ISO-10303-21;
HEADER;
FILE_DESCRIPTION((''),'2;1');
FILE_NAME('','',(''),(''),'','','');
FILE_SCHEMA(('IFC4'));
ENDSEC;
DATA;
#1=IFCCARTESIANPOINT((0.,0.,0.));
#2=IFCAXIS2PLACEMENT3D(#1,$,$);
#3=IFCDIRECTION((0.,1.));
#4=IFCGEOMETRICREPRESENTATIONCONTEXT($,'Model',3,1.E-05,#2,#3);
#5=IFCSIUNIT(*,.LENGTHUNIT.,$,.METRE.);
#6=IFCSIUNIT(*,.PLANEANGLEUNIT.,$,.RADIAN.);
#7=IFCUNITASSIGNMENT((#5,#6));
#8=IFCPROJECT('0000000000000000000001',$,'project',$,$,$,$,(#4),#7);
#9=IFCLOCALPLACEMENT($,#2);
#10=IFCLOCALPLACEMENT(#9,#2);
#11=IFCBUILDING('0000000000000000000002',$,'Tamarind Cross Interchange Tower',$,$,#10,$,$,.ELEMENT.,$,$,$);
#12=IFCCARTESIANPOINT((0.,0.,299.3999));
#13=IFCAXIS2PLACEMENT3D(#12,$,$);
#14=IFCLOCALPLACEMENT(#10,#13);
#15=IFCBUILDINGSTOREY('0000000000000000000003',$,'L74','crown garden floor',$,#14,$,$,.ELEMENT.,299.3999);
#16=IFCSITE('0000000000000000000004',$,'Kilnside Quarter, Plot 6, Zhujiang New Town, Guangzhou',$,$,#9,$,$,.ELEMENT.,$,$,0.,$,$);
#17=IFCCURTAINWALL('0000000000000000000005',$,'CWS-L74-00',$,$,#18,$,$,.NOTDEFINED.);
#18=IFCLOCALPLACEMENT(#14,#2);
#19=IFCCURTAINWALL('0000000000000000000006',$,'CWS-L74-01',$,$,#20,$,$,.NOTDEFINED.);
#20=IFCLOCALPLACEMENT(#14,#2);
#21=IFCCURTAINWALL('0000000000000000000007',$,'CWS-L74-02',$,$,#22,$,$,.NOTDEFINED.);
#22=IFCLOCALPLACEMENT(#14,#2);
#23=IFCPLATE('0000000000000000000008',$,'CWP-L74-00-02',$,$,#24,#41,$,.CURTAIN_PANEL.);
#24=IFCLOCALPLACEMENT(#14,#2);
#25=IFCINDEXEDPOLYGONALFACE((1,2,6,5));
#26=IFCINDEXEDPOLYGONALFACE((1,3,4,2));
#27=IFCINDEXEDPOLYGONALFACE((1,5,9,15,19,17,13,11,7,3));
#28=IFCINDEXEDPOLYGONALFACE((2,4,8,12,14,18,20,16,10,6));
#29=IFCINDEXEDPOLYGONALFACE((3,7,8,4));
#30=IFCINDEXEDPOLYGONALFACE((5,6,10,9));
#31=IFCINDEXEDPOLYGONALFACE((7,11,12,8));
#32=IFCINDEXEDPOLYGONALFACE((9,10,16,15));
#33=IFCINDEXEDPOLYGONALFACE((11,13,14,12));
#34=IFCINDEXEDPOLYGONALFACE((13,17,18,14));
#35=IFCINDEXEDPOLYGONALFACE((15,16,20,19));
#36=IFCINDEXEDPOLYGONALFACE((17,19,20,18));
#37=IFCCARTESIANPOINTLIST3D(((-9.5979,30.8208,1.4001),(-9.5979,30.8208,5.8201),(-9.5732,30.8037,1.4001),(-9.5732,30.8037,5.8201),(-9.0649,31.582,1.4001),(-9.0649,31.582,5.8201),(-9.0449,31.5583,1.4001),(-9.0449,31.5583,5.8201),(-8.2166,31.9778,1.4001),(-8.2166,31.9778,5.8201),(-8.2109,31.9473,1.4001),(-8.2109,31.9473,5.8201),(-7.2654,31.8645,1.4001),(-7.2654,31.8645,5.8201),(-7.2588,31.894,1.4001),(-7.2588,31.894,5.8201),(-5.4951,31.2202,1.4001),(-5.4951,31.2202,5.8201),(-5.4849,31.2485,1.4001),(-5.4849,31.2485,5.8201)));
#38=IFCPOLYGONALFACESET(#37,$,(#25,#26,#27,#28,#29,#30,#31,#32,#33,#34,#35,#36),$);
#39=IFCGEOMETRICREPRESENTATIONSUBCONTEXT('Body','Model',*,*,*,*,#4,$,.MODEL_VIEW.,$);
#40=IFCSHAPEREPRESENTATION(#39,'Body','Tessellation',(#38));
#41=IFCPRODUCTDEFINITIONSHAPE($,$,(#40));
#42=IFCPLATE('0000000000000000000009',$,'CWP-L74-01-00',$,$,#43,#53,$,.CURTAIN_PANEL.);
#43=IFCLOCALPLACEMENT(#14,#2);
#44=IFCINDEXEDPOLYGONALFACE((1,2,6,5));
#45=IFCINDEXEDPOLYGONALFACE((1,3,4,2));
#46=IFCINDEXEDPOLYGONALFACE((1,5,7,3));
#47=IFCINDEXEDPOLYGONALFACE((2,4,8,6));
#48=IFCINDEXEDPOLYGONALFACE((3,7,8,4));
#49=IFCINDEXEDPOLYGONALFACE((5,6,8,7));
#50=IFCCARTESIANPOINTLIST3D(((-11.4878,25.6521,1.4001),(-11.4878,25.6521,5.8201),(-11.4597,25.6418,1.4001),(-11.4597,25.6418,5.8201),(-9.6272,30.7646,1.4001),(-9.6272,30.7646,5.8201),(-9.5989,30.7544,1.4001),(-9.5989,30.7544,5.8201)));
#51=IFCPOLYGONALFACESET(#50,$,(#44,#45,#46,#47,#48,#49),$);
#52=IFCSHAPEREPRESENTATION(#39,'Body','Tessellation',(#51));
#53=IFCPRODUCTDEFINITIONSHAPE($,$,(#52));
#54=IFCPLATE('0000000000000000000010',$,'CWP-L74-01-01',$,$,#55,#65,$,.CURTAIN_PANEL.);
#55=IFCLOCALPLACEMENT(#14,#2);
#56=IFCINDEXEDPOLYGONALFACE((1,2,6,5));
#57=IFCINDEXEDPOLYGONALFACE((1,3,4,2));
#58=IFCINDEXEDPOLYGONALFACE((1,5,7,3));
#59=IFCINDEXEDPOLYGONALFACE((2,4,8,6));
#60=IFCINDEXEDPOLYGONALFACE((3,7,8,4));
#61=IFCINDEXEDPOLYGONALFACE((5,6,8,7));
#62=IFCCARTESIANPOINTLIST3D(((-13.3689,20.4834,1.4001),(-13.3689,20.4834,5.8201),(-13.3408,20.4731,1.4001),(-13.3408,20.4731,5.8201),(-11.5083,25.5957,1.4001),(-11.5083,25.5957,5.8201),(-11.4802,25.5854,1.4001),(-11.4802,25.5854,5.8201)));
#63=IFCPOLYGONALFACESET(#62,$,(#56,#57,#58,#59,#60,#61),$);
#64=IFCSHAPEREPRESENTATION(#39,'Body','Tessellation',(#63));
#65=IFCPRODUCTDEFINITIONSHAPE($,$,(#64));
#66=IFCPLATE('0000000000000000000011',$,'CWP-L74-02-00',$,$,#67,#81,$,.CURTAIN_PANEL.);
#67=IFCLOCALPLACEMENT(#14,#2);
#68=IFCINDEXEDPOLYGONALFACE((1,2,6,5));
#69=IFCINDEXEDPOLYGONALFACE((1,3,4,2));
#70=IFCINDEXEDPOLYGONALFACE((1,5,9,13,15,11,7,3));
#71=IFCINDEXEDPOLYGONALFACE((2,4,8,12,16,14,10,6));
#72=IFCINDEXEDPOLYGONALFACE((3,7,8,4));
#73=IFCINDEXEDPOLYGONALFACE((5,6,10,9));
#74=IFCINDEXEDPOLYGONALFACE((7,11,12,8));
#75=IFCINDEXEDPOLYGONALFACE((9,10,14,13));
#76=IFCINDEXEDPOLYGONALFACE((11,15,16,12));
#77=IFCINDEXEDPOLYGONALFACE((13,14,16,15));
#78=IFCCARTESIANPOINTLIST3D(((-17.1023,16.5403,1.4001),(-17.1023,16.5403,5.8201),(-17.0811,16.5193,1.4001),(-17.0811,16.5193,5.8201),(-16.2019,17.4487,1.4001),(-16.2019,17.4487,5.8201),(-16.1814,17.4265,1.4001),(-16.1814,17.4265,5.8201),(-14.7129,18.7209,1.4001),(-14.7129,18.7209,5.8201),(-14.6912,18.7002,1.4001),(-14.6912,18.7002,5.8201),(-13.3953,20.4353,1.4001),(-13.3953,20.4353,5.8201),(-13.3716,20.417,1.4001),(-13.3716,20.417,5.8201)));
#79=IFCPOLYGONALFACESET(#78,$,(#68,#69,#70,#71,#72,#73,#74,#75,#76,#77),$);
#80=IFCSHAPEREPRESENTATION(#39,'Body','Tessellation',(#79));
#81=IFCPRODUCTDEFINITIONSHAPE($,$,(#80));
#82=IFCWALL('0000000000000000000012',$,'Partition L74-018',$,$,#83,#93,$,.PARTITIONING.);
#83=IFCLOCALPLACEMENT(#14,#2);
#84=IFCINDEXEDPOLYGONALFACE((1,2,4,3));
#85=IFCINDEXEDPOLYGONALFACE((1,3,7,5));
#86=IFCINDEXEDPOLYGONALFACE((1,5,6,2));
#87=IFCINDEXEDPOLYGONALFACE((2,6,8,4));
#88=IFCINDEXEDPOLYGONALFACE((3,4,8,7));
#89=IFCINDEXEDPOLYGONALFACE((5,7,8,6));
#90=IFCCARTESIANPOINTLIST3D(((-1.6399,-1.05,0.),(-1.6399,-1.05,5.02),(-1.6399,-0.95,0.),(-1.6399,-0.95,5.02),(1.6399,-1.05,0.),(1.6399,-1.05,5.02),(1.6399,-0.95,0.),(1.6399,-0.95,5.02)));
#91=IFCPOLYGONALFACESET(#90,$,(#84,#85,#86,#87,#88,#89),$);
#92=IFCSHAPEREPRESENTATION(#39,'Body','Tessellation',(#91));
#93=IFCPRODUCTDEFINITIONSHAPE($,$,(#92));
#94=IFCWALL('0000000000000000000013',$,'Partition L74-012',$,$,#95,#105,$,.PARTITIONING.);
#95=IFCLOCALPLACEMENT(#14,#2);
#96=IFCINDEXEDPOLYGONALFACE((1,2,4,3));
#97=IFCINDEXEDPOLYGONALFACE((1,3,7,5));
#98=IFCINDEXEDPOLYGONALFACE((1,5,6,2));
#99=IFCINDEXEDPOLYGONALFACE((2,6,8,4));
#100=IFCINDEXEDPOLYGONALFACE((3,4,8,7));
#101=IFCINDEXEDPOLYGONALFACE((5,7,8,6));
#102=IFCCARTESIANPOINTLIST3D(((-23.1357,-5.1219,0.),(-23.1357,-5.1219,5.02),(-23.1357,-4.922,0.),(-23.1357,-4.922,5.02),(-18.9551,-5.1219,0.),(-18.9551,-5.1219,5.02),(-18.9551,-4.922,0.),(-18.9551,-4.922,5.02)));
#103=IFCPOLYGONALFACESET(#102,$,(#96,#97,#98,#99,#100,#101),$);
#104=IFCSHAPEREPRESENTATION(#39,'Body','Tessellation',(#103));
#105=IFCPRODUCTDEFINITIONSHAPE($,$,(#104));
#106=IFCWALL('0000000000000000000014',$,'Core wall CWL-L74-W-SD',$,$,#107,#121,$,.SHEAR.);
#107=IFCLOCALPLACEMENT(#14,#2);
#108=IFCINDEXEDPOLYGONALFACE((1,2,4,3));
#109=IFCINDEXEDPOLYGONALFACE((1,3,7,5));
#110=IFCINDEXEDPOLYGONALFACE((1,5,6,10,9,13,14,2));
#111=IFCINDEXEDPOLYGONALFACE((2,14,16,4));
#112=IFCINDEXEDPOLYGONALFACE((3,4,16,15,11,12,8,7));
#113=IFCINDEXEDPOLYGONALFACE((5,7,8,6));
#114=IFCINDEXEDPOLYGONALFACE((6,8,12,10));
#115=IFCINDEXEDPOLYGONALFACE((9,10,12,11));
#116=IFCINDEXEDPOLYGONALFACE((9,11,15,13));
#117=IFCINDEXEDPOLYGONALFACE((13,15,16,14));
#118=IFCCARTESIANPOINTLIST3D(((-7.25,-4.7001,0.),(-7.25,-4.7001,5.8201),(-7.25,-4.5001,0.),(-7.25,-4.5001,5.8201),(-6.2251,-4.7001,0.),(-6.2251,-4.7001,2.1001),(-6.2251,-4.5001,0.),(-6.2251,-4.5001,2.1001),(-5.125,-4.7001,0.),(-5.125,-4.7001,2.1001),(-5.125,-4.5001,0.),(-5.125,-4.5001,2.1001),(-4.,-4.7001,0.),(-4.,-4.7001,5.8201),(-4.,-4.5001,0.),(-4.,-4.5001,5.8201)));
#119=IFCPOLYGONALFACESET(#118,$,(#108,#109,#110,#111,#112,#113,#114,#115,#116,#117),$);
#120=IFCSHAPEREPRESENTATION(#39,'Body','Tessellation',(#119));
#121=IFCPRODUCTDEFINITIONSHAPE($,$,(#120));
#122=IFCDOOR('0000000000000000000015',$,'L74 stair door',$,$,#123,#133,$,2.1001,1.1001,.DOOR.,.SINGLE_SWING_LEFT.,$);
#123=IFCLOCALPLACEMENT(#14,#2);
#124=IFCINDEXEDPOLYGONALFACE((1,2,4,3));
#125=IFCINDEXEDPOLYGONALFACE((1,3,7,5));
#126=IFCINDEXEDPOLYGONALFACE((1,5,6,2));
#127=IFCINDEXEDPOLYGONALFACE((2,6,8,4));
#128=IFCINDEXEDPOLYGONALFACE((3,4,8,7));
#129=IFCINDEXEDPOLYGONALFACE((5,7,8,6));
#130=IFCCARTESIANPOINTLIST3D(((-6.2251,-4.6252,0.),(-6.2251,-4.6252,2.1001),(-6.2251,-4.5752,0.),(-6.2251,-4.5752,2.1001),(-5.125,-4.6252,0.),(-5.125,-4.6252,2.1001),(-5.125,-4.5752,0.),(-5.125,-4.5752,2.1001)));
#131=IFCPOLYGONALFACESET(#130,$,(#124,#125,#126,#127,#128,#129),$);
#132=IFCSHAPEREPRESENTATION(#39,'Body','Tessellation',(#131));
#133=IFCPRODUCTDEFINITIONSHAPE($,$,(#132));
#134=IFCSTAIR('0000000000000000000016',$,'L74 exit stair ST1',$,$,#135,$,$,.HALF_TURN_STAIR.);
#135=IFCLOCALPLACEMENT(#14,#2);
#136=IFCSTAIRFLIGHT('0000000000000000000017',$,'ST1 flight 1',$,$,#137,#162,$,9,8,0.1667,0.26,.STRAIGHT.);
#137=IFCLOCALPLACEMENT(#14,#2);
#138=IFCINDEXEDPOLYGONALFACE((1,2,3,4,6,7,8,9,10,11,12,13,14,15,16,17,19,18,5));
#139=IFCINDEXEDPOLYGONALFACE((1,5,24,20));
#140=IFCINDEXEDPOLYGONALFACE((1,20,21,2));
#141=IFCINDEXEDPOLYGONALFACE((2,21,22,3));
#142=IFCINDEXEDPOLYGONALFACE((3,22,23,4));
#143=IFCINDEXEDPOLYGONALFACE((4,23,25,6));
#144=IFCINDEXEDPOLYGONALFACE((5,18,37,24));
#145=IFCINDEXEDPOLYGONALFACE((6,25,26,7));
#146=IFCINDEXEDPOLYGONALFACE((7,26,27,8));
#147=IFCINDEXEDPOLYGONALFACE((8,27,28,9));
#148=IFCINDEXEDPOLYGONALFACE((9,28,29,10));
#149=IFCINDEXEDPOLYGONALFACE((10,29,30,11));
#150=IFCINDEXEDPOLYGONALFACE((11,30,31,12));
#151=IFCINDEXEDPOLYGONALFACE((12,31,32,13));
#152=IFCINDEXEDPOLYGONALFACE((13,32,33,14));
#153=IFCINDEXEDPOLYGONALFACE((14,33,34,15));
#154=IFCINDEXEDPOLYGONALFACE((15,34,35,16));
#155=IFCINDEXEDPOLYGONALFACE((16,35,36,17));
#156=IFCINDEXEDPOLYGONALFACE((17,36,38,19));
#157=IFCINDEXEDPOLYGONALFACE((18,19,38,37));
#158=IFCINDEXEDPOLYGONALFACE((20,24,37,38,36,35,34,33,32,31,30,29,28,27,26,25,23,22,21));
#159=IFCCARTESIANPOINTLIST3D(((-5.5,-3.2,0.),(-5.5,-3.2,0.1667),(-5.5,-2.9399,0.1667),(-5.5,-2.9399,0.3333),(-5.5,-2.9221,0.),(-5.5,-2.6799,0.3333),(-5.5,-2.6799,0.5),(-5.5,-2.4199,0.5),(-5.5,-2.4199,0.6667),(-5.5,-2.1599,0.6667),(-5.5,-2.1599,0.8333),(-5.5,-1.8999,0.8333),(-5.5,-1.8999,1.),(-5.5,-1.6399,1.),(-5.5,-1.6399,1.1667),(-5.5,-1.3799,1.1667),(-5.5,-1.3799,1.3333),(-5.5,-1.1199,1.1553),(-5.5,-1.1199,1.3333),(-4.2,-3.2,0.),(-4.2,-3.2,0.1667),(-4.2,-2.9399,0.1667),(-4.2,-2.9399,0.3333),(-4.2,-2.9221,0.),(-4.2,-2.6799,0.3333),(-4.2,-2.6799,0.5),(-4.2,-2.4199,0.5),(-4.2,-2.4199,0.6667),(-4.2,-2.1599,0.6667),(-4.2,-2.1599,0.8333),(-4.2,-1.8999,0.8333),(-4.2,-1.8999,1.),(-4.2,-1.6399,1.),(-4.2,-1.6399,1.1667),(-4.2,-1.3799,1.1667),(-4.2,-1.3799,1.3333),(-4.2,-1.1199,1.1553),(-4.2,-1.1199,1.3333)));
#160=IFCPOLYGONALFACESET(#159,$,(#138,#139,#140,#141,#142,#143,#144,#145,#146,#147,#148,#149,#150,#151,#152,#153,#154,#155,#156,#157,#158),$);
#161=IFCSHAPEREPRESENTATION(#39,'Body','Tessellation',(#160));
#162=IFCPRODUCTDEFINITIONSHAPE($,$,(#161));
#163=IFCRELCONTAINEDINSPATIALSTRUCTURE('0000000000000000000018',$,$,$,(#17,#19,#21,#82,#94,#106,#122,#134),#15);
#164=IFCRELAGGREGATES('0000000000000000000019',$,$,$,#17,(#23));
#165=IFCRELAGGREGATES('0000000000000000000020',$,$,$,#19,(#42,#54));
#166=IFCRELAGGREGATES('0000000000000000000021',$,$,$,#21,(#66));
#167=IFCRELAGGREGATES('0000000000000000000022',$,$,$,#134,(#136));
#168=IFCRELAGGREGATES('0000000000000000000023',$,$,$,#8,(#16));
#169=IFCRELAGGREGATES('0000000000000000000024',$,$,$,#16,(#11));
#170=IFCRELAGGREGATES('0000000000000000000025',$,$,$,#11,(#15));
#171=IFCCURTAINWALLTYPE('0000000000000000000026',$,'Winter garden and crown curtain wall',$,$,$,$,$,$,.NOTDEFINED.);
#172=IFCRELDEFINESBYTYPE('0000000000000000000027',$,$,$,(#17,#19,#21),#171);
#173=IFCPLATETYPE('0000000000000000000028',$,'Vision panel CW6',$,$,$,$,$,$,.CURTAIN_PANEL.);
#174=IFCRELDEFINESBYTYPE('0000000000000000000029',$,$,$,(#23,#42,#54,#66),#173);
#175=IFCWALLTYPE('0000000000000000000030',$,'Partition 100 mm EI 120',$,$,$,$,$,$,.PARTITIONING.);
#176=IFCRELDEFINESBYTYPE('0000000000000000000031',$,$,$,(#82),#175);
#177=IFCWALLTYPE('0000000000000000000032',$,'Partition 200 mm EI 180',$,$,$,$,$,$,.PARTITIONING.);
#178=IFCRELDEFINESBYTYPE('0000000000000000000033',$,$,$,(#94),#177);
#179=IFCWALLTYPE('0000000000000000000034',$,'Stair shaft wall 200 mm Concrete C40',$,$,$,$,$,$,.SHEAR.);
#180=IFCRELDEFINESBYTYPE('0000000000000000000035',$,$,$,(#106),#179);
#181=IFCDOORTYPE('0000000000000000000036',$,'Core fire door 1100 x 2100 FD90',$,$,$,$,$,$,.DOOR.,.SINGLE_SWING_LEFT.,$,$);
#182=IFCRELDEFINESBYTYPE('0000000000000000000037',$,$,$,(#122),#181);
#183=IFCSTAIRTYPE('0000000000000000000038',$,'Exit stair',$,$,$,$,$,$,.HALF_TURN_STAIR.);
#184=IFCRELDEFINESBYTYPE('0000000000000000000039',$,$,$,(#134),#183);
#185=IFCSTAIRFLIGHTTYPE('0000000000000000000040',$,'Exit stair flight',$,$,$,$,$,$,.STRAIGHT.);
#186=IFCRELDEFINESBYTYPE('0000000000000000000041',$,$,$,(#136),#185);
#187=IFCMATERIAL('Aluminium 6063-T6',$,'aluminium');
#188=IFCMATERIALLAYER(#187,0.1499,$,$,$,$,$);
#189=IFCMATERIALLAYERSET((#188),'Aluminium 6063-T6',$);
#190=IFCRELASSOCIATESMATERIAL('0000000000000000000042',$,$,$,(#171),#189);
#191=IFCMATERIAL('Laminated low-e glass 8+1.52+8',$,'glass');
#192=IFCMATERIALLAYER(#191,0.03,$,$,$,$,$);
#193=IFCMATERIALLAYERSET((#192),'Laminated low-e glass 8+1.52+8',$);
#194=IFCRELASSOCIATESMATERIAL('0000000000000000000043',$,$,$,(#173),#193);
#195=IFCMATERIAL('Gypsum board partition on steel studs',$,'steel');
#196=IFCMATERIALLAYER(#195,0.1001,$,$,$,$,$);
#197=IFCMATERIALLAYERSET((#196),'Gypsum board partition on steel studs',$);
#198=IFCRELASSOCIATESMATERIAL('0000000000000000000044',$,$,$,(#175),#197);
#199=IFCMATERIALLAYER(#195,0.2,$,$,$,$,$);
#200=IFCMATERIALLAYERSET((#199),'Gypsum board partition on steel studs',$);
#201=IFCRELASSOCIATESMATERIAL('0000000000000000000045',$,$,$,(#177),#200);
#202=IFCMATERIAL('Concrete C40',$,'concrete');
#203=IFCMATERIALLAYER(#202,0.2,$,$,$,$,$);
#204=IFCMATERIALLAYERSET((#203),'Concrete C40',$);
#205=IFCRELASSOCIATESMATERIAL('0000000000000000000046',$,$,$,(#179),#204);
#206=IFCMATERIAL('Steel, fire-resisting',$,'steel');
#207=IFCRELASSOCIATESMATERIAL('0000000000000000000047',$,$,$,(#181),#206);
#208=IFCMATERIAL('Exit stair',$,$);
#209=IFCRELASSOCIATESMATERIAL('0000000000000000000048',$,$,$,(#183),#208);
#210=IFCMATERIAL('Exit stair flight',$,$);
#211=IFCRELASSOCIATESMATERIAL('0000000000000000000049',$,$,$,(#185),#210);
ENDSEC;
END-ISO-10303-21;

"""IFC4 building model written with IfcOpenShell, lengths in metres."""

from ifc_helpers import new_model, si_unit, direction, frame, frame_2d, origin, place, context, subcontext, project, spatial, polyline, rectangle, outline, extrude, material, layer, layer_set, type_object, element, fill, aggregate, save


model = new_model("IFC4")

# Units and contexts
model_context = context("Model", 3, precision=1e-05, world=origin(), true_north=direction((0.0, 1.0)))
body_context = subcontext(model_context, "Body", "Model", "MODEL_VIEW")
ifc_project = project(units=[si_unit("LENGTHUNIT", "METRE"), si_unit("PLANEANGLEUNIT", "RADIAN")], contexts=[model_context])

# Site, building, storey
site_placement = place(None, origin())
site = spatial("IfcSite", under=ifc_project, at=site_placement, Name="Kilnside Quarter, Plot 6, Zhujiang New Town, Guangzhou", CompositionType="ELEMENT", RefElevation=0.0)
building_placement = place(site_placement, origin())
building = spatial("IfcBuilding", under=site, at=building_placement, Name="Tamarind Cross Interchange Tower", CompositionType="ELEMENT")
storey_placement = place(building_placement, frame((0.0, 0.0, 299.3999)))
storey = spatial("IfcBuildingStorey", under=building, at=storey_placement, Name="L74", Description="crown garden floor", CompositionType="ELEMENT", Elevation=299.3999)

# Curtain walls
ifc_material_1 = material(Name="Aluminium 6063-T6", Category="aluminium")
ifc_layer_1 = layer(ifc_material_1, 0.1499)
ifc_layer_set_1 = layer_set([ifc_layer_1], Name="Aluminium 6063-T6")
curtain_wall_type = type_object("IfcCurtainWallType", Name="Winter garden and crown curtain wall", PredefinedType="NOTDEFINED", material=ifc_layer_set_1)
curtain_wall_1_placement = place(storey_placement, origin())
curtain_wall_1 = element("IfcCurtainWall", 1, at=curtain_wall_1_placement, inside=storey, type_object=curtain_wall_type, Name="CWS-L74-00", PredefinedType="NOTDEFINED")
curtain_wall_2_placement = place(storey_placement, origin())
curtain_wall_2 = element("IfcCurtainWall", 2, at=curtain_wall_2_placement, inside=storey, type_object=curtain_wall_type, Name="CWS-L74-01", PredefinedType="NOTDEFINED")
curtain_wall_3_placement = place(storey_placement, origin())
curtain_wall_3 = element("IfcCurtainWall", 3, at=curtain_wall_3_placement, inside=storey, type_object=curtain_wall_type, Name="CWS-L74-02", PredefinedType="NOTDEFINED")

# Shared definitions
ifc_material_2 = material(Name="Concrete C40", Category="concrete")

# Plates
ifc_material_3 = material(Name="Laminated low-e glass 8+1.52+8", Category="glass")
ifc_layer_2 = layer(ifc_material_3, 0.03)
ifc_layer_set_2 = layer_set([ifc_layer_2], Name="Laminated low-e glass 8+1.52+8")
plate_type = type_object("IfcPlateType", Name="Vision panel CW6", PredefinedType="CURTAIN_PANEL", material=ifc_layer_set_2)
plate_1_placement = place(storey_placement, frame((0.0, 0.0, 1.4001)))
plate_1 = element("IfcPlate", 4, at=plate_1_placement, type_object=plate_type, Name="CWP-L74-00-02", PredefinedType="CURTAIN_PANEL", context=body_context, shape_type="SweptSolid", body=[
    extrude(outline(polyline([(-5.4951, 31.2202), (-7.2654, 31.8645), (-8.2109, 31.9473), (-9.0449, 31.5583), (-9.5732, 30.8037), (-9.5979, 30.8208), (-9.0649, 31.582), (-8.2166, 31.9778), (-7.2588, 31.894), (-5.4849, 31.2485), (-5.4951, 31.2202)])), origin(), (0.0, 0.0, 1.0), 4.4199),
])
aggregate(curtain_wall_1, [plate_1])
plate_2_placement = place(storey_placement, frame((0.0, 0.0, 1.4001)))
plate_2 = element("IfcPlate", 5, at=plate_2_placement, type_object=plate_type, Name="CWP-L74-01-00", PredefinedType="CURTAIN_PANEL", context=body_context, shape_type="SweptSolid", body=[
    extrude(outline(polyline([(-9.5989, 30.7544), (-11.4597, 25.6418), (-11.4878, 25.6521), (-9.6272, 30.7646), (-9.5989, 30.7544)])), origin(), (0.0, 0.0, 1.0), 4.4199),
])
plate_3_placement = place(storey_placement, frame((0.0, 0.0, 1.4001)))
plate_3 = element("IfcPlate", 6, at=plate_3_placement, type_object=plate_type, Name="CWP-L74-01-01", PredefinedType="CURTAIN_PANEL", context=body_context, shape_type="SweptSolid", body=[
    extrude(outline(polyline([(-11.4802, 25.5854), (-13.3408, 20.4731), (-13.3689, 20.4834), (-11.5083, 25.5957), (-11.4802, 25.5854)])), origin(), (0.0, 0.0, 1.0), 4.4199),
])
aggregate(curtain_wall_2, [plate_2, plate_3])
plate_4_placement = place(storey_placement, frame((0.0, 0.0, 1.4001)))
plate_4 = element("IfcPlate", 7, at=plate_4_placement, type_object=plate_type, Name="CWP-L74-02-00", PredefinedType="CURTAIN_PANEL", context=body_context, shape_type="SweptSolid", body=[
    extrude(outline(polyline([(-13.3716, 20.417), (-14.6912, 18.7002), (-16.1814, 17.4265), (-17.0811, 16.5193), (-17.1023, 16.5403), (-16.2019, 17.4487), (-14.7129, 18.7209), (-13.3953, 20.4353), (-13.3716, 20.417)])), origin(), (0.0, 0.0, 1.0), 4.4199),
])
aggregate(curtain_wall_3, [plate_4])

# Walls
ifc_material_4 = material(Name="Gypsum board partition on steel studs", Category="steel")
ifc_layer_3 = layer(ifc_material_4, 0.1001)
ifc_layer_set_3 = layer_set([ifc_layer_3], Name="Gypsum board partition on steel studs")
wall_type_1 = type_object("IfcWallType", Name="Partition 100 mm EI 120", PredefinedType="PARTITIONING", material=ifc_layer_set_3)
wall_1_placement = place(storey_placement, frame((-1.6399, -1.0, 0.0), z_axis=(0.0, 0.0, 1.0), x_axis=(1.0, 0.0, 0.0)))
element("IfcWall", 8, at=wall_1_placement, inside=storey, type_object=wall_type_1, Name="Partition L74-018", PredefinedType="PARTITIONING", context=body_context, shape_type="SweptSolid", body=[
    extrude(rectangle(XDim=3.2798, YDim=0.1001, at=frame_2d((1.6399, 0.0))), origin(), (0.0, 0.0, 1.0), 5.02),
])
ifc_layer_4 = layer(ifc_material_4, 0.2)
ifc_layer_set_4 = layer_set([ifc_layer_4], Name="Gypsum board partition on steel studs")
wall_type_2 = type_object("IfcWallType", Name="Partition 200 mm EI 180", PredefinedType="PARTITIONING", material=ifc_layer_set_4)
wall_2_placement = place(storey_placement, frame((-23.1357, -5.022, 0.0), z_axis=(0.0, 0.0, 1.0), x_axis=(1.0, 0.0, 0.0)))
element("IfcWall", 9, at=wall_2_placement, inside=storey, type_object=wall_type_2, Name="Partition L74-012", PredefinedType="PARTITIONING", context=body_context, shape_type="SweptSolid", body=[
    extrude(rectangle(XDim=4.1807, YDim=0.2, at=frame_2d((2.0903, 0.0))), origin(), (0.0, 0.0, 1.0), 5.02),
])

# Wall, opening, door
ifc_layer_5 = layer(ifc_material_2, 0.2)
ifc_layer_set_5 = layer_set([ifc_layer_5], Name="Concrete C40")
wall_type_3 = type_object("IfcWallType", Name="Stair shaft wall 200 mm Concrete C40", PredefinedType="SHEAR", material=ifc_layer_set_5)
wall_3_placement = place(storey_placement, frame((-7.25, -4.6001, 0.0), z_axis=(0.0, 0.0, 1.0), x_axis=(1.0, 0.0, 0.0)))
wall_3 = element("IfcWall", 10, at=wall_3_placement, inside=storey, type_object=wall_type_3, Name="Core wall CWL-L74-W-SD", PredefinedType="SHEAR", context=body_context, shape_type="SweptSolid", body=[
    extrude(rectangle(XDim=3.25, YDim=0.2, at=frame_2d((1.625, 0.0))), origin(), (0.0, 0.0, 1.0), 5.8201),
])
opening_placement = place(wall_3_placement, frame((1.0249, 0.0, 0.0)))
opening = element("IfcOpeningElement", 11, at=opening_placement, cuts=wall_3, PredefinedType="OPENING", context=body_context, shape_type="SweptSolid", body=[
    extrude(rectangle(XDim=1.1001, YDim=2.1001, at=frame_2d((0.55, 1.05))), frame((0.0, 0.1099, 0.0), z_axis=(0.0, -1.0, 0.0), x_axis=(1.0, 0.0, 0.0)), (0.0, 0.0, 1.0), 0.22),
])
ifc_material_5 = material(Name="Steel, fire-resisting", Category="steel")
door_type = type_object("IfcDoorType", Name="Core fire door 1100 x 2100 FD90", OperationType="SINGLE_SWING_LEFT", PredefinedType="DOOR", material=ifc_material_5)
door_placement = place(opening_placement, origin())
door = element("IfcDoor", 12, at=door_placement, inside=storey, type_object=door_type, Name="L74 stair door", OperationType="SINGLE_SWING_LEFT", OverallHeight=2.1001, OverallWidth=1.1001, PredefinedType="DOOR", context=body_context, shape_type="SweptSolid", body=[
    extrude(rectangle(XDim=1.1001, YDim=2.1001, at=frame_2d((0.55, 1.05))), frame((0.0, 0.0249, 0.0), z_axis=(0.0, -1.0, 0.0), x_axis=(1.0, 0.0, 0.0)), (0.0, 0.0, 1.0), 0.05),
])
fill(opening, door)

# Stair, stair flight
ifc_material_6 = material(Name="Exit stair")
stair_type = type_object("IfcStairType", Name="Exit stair", PredefinedType="HALF_TURN_STAIR", material=ifc_material_6)
stair_placement = place(storey_placement, origin())
stair = element("IfcStair", 13, at=stair_placement, inside=storey, type_object=stair_type, Name="L74 exit stair ST1", PredefinedType="HALF_TURN_STAIR")
ifc_material_7 = material(Name="Exit stair flight")
stair_flight_type = type_object("IfcStairFlightType", Name="Exit stair flight", PredefinedType="STRAIGHT", material=ifc_material_7)
stair_flight_1_placement = place(storey_placement, frame((-4.8501, -3.2, 0.0), z_axis=(0.0, 0.0, 1.0), x_axis=(0.0, 1.0, 0.0)))
stair_flight_1 = element("IfcStairFlight", 14, at=stair_flight_1_placement, type_object=stair_flight_type, Name="ST1 flight 1", NumberOfRisers=9, NumberOfTreads=8, PredefinedType="STRAIGHT", RiserHeight=0.1667, TreadLength=0.26, context=body_context, shape_type="SweptSolid", body=[
    extrude(outline(polyline([(0.0, 0.0), (0.0, 0.1667), (0.26, 0.1667), (0.26, 0.3333), (0.52, 0.3333), (0.52, 0.5), (0.78, 0.5), (0.78, 0.6667), (1.04, 0.6667), (1.04, 0.8333), (1.3, 0.8333), (1.3, 1.0), (1.5601, 1.0), (1.5601, 1.1667), (1.8201, 1.1667), (1.8201, 1.3333), (2.0801, 1.3333), (2.0801, 1.5), (2.0801, 1.1553), (0.2778, 0.0), (0.0, 0.0)])), frame((0.0, 0.6499, 0.0), z_axis=(0.0, -1.0, 0.0), x_axis=(1.0, 0.0, 0.0)), (0.0, 0.0, 1.0), 1.3),
])
aggregate(stair, [stair_flight_1])

save(model, "model.ifc")
